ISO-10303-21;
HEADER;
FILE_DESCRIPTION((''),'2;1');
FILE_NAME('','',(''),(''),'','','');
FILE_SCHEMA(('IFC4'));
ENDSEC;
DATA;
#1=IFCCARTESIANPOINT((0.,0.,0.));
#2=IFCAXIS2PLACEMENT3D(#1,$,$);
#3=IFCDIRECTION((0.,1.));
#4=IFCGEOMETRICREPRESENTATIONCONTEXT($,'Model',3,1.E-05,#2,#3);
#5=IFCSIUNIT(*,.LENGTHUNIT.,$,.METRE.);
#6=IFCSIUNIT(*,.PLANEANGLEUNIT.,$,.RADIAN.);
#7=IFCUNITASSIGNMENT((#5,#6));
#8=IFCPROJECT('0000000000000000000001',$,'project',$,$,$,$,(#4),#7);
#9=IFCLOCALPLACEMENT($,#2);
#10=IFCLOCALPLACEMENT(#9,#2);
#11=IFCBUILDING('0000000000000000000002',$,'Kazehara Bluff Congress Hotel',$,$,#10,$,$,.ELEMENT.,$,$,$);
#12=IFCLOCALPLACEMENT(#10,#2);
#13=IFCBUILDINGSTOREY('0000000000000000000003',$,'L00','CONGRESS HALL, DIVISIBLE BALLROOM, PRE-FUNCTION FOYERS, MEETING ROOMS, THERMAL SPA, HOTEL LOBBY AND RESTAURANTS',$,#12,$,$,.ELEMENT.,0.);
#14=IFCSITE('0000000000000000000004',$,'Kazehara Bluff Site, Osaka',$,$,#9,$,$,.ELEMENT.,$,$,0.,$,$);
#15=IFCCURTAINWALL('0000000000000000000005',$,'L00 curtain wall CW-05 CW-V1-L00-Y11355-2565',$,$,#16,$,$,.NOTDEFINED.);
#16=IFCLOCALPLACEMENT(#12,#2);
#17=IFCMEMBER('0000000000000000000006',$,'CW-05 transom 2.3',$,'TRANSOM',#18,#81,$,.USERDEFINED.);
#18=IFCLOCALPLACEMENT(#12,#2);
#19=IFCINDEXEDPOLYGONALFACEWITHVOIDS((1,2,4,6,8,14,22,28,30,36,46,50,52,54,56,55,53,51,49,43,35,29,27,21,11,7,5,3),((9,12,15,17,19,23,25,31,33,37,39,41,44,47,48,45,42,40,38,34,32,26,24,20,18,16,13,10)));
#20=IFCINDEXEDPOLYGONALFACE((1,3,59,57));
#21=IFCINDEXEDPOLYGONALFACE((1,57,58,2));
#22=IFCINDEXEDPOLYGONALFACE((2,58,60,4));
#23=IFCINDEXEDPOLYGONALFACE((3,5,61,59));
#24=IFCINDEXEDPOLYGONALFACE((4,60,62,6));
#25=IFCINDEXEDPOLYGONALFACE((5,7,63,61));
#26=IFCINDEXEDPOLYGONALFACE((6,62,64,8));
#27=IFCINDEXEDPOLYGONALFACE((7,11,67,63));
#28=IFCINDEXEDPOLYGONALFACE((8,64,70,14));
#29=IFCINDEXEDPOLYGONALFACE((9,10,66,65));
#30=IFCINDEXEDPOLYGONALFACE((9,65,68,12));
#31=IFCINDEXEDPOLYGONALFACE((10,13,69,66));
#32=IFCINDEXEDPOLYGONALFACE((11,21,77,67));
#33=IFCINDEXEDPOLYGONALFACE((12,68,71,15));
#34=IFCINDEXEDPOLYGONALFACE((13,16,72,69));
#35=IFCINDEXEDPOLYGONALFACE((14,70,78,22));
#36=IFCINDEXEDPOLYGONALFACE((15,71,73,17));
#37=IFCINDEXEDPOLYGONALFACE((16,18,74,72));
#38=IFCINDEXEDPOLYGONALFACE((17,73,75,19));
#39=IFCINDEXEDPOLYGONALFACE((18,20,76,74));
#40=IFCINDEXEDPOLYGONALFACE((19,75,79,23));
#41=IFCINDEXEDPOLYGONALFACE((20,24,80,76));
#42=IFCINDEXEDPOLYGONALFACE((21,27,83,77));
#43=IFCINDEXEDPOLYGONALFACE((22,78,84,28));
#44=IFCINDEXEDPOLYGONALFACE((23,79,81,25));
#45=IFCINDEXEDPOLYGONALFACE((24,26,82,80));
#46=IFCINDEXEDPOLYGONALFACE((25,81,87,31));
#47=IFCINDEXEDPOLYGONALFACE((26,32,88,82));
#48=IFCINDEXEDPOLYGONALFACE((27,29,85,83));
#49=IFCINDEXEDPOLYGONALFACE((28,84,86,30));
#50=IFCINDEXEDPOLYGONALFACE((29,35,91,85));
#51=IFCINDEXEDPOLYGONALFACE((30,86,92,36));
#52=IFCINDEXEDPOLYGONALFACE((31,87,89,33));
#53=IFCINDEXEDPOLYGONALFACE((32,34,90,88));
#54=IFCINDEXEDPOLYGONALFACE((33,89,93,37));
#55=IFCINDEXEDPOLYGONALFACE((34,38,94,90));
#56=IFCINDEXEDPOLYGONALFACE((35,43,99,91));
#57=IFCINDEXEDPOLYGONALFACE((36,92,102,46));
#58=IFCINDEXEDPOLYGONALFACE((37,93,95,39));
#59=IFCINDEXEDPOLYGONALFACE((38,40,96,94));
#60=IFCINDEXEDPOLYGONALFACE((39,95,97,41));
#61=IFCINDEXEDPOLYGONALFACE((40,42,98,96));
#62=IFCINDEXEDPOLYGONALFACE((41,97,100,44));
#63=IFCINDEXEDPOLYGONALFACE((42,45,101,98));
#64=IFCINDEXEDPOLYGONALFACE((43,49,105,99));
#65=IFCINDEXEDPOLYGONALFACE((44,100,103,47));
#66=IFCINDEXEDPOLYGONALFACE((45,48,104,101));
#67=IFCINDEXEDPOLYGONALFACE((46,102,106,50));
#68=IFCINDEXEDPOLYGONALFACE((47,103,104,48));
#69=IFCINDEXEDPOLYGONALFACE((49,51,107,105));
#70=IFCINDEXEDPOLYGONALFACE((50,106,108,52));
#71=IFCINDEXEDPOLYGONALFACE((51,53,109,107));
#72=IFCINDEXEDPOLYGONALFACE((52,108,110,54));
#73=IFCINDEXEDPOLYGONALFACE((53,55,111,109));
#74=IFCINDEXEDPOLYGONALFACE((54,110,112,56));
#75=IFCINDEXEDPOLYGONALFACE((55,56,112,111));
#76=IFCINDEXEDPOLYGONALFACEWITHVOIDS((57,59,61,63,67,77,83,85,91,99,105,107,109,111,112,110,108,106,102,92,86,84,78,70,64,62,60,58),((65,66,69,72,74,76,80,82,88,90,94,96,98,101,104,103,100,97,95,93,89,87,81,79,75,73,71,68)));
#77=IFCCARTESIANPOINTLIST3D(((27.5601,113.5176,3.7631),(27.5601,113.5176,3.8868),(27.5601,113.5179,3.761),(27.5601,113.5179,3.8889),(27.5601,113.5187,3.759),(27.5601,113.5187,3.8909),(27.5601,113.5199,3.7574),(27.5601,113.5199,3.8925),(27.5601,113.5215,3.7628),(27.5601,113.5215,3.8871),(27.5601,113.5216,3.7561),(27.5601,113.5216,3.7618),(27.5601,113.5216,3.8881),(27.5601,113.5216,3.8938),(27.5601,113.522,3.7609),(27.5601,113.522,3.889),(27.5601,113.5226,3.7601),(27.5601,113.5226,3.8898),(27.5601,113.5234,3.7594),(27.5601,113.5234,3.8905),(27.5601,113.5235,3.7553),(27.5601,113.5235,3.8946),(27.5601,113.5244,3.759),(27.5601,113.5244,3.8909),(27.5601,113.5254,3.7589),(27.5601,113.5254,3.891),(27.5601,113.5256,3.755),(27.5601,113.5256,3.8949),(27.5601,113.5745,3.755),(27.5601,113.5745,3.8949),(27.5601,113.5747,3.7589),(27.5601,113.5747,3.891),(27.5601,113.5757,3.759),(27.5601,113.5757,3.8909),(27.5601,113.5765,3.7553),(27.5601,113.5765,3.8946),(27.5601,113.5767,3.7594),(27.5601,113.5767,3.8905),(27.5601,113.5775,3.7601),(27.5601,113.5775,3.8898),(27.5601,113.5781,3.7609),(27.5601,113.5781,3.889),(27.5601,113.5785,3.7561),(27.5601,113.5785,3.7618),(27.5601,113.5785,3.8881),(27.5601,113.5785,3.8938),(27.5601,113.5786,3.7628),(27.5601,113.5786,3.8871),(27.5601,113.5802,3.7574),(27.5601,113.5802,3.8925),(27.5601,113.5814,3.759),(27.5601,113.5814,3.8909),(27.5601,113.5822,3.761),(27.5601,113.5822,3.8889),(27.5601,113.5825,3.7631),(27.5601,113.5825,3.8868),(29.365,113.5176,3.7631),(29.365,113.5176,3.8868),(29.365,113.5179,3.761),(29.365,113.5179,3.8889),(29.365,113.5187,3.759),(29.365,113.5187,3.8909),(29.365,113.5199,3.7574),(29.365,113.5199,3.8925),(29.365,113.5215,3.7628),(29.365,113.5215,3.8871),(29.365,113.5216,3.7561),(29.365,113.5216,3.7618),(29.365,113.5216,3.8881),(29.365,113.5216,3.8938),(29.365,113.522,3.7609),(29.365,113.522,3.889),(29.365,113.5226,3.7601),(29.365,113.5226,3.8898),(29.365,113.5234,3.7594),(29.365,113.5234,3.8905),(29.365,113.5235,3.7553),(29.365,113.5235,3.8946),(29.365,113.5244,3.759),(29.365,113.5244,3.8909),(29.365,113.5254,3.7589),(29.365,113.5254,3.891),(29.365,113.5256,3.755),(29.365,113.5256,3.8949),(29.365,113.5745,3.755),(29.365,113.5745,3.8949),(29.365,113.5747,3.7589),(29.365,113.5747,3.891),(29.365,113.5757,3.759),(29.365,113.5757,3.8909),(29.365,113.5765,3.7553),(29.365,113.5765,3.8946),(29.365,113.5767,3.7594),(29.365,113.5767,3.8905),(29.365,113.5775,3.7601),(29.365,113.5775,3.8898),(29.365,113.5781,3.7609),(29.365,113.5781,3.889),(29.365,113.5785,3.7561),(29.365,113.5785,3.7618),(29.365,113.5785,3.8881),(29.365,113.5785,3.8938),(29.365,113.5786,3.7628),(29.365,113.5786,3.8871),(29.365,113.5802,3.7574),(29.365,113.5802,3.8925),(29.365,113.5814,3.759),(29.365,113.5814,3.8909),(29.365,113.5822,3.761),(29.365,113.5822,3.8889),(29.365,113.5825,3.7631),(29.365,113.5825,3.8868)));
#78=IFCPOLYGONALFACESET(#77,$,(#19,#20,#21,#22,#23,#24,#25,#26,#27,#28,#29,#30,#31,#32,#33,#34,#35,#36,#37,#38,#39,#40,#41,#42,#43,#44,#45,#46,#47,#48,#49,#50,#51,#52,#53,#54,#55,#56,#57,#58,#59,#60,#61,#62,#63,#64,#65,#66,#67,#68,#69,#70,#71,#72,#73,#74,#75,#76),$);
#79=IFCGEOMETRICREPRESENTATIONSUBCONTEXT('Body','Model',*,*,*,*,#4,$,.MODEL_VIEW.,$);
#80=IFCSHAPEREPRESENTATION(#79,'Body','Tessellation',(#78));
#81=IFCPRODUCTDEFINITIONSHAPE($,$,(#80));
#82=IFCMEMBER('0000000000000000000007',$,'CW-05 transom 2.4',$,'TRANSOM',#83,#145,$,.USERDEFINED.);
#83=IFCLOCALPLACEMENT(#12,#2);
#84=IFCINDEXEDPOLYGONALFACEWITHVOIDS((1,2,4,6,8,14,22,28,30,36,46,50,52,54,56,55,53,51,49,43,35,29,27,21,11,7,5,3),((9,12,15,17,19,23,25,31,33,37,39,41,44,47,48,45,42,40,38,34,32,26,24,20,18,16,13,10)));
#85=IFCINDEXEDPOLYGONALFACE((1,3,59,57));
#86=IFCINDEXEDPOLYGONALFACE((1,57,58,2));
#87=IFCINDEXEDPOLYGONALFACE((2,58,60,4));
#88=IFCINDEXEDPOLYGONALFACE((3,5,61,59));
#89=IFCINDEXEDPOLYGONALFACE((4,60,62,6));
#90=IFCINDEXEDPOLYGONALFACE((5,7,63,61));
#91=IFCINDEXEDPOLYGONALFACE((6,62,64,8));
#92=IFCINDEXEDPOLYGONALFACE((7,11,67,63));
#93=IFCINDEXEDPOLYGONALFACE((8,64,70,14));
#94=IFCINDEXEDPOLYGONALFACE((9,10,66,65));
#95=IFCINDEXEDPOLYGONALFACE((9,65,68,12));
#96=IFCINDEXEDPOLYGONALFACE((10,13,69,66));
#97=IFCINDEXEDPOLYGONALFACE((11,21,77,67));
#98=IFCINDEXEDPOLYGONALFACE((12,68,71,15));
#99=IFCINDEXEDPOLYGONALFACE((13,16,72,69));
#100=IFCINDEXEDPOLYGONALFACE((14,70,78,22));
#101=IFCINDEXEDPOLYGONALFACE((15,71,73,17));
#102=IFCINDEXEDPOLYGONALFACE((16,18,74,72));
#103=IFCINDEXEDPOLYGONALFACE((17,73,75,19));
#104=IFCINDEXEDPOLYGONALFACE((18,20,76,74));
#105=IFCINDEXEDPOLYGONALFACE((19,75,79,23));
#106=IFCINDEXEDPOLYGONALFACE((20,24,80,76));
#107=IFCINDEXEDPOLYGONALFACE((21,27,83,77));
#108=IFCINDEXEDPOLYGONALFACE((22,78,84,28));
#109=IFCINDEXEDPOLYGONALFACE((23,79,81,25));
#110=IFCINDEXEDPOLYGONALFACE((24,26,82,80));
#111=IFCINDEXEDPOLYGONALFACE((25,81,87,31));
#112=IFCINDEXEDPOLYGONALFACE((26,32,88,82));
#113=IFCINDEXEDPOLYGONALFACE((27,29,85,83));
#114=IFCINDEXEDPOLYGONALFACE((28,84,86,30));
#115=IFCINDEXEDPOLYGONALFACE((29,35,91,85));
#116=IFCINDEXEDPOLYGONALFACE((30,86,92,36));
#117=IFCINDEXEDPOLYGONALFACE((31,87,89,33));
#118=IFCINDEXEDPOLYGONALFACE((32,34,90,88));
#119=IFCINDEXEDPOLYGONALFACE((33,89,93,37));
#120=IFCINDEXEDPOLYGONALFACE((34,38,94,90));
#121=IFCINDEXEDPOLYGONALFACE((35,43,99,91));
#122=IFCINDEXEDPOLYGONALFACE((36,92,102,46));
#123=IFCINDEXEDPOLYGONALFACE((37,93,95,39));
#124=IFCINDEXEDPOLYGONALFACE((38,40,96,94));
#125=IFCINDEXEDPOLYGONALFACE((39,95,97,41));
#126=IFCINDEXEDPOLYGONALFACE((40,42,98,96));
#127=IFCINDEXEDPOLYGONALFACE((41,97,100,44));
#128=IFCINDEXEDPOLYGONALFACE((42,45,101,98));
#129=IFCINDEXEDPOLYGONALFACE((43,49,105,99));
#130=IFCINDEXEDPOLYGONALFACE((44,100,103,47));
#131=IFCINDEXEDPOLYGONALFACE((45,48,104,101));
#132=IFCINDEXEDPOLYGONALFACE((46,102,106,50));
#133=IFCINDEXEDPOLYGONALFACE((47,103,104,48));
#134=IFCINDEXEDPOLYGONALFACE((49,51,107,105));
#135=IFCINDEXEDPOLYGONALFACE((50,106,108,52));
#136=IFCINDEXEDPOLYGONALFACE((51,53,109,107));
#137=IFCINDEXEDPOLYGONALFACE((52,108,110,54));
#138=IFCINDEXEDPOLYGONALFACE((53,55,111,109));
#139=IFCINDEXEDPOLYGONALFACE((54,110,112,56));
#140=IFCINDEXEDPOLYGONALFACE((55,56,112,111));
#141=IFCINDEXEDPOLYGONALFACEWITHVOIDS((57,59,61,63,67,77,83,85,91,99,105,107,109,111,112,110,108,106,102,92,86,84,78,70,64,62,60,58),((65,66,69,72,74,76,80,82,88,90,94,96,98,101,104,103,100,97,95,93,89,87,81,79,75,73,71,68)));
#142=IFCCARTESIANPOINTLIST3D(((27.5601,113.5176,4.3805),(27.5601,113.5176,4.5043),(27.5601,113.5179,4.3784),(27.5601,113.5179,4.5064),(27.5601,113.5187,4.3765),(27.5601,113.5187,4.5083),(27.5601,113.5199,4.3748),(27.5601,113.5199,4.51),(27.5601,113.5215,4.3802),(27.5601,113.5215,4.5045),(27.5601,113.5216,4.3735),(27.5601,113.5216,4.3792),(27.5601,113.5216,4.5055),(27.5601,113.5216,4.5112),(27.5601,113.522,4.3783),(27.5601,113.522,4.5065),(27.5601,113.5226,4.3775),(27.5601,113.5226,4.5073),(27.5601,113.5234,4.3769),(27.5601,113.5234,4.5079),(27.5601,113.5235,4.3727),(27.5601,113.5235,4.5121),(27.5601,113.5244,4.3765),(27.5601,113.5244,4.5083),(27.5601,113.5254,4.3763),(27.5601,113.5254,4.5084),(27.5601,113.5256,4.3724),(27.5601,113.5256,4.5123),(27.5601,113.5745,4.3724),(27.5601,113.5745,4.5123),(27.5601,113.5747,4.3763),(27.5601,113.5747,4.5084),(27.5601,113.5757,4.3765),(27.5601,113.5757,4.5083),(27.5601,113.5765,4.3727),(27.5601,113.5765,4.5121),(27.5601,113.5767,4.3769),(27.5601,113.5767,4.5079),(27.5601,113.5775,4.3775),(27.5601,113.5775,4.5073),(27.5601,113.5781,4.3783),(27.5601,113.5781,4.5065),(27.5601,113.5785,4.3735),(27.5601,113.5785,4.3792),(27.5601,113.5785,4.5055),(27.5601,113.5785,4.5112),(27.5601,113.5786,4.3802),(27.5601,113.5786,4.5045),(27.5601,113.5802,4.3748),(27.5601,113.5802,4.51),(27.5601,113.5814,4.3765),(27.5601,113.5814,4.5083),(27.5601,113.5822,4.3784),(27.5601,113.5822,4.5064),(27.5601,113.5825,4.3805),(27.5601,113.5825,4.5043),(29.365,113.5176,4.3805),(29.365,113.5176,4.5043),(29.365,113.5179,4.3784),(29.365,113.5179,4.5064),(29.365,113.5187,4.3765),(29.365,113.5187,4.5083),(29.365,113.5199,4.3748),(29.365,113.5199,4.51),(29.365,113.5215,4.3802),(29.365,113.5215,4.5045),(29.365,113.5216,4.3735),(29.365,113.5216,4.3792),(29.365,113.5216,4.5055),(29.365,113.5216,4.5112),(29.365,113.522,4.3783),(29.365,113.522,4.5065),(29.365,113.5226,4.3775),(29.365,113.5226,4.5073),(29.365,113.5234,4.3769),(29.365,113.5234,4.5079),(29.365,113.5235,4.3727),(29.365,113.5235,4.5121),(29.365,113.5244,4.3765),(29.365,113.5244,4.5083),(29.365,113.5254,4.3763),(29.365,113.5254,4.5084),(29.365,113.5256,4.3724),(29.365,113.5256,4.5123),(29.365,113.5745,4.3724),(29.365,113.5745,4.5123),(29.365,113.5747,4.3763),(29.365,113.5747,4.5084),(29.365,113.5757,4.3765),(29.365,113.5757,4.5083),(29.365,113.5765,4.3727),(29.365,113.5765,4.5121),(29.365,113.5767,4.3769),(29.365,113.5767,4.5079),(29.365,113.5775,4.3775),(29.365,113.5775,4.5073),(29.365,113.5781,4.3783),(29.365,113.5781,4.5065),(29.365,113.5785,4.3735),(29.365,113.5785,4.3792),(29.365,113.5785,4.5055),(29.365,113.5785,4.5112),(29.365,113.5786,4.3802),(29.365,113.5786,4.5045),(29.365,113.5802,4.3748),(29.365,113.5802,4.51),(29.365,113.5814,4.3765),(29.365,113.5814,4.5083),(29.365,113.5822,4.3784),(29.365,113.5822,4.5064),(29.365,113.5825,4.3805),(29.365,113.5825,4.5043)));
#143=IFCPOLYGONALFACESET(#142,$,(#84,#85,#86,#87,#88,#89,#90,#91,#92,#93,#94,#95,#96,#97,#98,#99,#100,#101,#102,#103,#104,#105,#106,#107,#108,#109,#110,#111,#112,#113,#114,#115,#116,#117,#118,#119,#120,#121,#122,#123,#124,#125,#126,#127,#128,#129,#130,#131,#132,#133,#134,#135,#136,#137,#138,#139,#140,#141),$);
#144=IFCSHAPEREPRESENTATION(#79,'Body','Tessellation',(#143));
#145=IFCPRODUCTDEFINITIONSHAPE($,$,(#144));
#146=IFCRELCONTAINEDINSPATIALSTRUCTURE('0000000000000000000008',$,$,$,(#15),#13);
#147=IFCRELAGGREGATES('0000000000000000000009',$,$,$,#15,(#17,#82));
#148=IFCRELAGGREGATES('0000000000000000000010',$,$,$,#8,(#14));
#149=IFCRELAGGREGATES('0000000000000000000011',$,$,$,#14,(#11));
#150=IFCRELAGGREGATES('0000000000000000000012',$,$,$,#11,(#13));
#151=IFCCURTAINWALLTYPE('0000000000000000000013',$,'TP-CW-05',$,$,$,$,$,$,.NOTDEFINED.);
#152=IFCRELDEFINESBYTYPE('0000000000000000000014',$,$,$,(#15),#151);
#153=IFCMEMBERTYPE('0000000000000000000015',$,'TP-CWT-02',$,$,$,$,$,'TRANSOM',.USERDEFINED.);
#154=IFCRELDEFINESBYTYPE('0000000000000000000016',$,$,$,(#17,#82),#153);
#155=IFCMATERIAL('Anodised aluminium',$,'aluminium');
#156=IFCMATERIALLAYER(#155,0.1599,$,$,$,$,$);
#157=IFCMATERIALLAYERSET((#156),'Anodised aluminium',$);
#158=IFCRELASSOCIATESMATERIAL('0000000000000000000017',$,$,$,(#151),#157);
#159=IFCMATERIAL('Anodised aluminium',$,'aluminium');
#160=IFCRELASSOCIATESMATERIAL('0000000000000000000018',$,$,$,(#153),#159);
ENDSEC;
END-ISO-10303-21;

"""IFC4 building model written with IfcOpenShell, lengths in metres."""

from ifc_helpers import new_model, si_unit, direction, frame, origin, origin_2d, place, context, subcontext, project, spatial, hollow_rectangle, extrude, material, layer, layer_set, material_profile, profile_set, type_object, element, aggregate, save


model = new_model("IFC4")

# Units and contexts
model_context = context("Model", 3, precision=1e-05, world=origin(), true_north=direction((0.0, 1.0)))
body_context = subcontext(model_context, "Body", "Model", "MODEL_VIEW")
ifc_project = project(units=[si_unit("LENGTHUNIT", "METRE"), si_unit("PLANEANGLEUNIT", "RADIAN")], contexts=[model_context])

# Site, building, storey
site_placement = place(None, origin())
site = spatial("IfcSite", under=ifc_project, at=site_placement, Name="Kazehara Bluff Site, Osaka", CompositionType="ELEMENT", RefElevation=0.0)
building_placement = place(site_placement, origin())
building = spatial("IfcBuilding", under=site, at=building_placement, Name="Kazehara Bluff Congress Hotel", CompositionType="ELEMENT")
storey_placement = place(building_placement, origin())
storey = spatial("IfcBuildingStorey", under=building, at=storey_placement, Name="L00", Description="CONGRESS HALL, DIVISIBLE BALLROOM, PRE-FUNCTION FOYERS, MEETING ROOMS, THERMAL SPA, HOTEL LOBBY AND RESTAURANTS", CompositionType="ELEMENT", Elevation=0.0)

# Curtain wall
ifc_material_1 = material(Name="Anodised aluminium", Category="aluminium")
ifc_layer_1 = layer(ifc_material_1, 0.1599)
ifc_layer_set_1 = layer_set([ifc_layer_1], Name="Anodised aluminium")
curtain_wall_type_1 = type_object("IfcCurtainWallType", Name="TP-CW-05", PredefinedType="NOTDEFINED", material=ifc_layer_set_1)
curtain_wall_1_placement = place(storey_placement, origin())
curtain_wall_1 = element("IfcCurtainWall", 1, at=curtain_wall_1_placement, inside=storey, type_object=curtain_wall_type_1, Name="L00 curtain wall CW-05 CW-V1-L00-Y11355-2565", PredefinedType="NOTDEFINED")

# Members
ifc_material_2 = material(Name="Anodised aluminium", Category="aluminium")
ifc_material_profile_1 = material_profile(ifc_material_2, hollow_rectangle(XDim=0.0649, YDim=0.1399, WallThickness=0.0039, InnerFilletRadius=0.0039, OuterFilletRadius=0.0081, at=origin_2d()))
ifc_profile_set_1 = profile_set([ifc_material_profile_1], Name="Anodised aluminium")
member_type_1 = type_object("IfcMemberType", Name="TP-CWT-02", ElementType="TRANSOM", PredefinedType="USERDEFINED", material=ifc_profile_set_1)
member_1_placement = place(storey_placement, frame((27.5601, 113.55, 3.825), z_axis=(1.0, 0.0, 0.0), x_axis=(0.0, 1.0, 0.0)))
member_1 = element("IfcMember", 2, at=member_1_placement, type_object=member_type_1, Name="CW-05 transom 2.3", ObjectType="TRANSOM", PredefinedType="USERDEFINED", context=body_context, shape_type="SweptSolid", body=[
    extrude(hollow_rectangle(XDim=0.0649, YDim=0.1399, WallThickness=0.0039, InnerFilletRadius=0.0039, OuterFilletRadius=0.0081, at=origin_2d()), origin(), (0.0, 0.0, 1.0), 1.8049),
])
member_2_placement = place(storey_placement, frame((27.5601, 113.55, 4.4424), z_axis=(1.0, 0.0, 0.0), x_axis=(0.0, 1.0, 0.0)))
member_2 = element("IfcMember", 3, at=member_2_placement, type_object=member_type_1, Name="CW-05 transom 2.4", ObjectType="TRANSOM", PredefinedType="USERDEFINED", context=body_context, shape_type="SweptSolid", body=[
    extrude(hollow_rectangle(XDim=0.0649, YDim=0.1399, WallThickness=0.0039, InnerFilletRadius=0.0039, OuterFilletRadius=0.0081, at=origin_2d()), origin(), (0.0, 0.0, 1.0), 1.8049),
])

aggregate(curtain_wall_1, [member_1, member_2])

save(model, "model.ifc")
